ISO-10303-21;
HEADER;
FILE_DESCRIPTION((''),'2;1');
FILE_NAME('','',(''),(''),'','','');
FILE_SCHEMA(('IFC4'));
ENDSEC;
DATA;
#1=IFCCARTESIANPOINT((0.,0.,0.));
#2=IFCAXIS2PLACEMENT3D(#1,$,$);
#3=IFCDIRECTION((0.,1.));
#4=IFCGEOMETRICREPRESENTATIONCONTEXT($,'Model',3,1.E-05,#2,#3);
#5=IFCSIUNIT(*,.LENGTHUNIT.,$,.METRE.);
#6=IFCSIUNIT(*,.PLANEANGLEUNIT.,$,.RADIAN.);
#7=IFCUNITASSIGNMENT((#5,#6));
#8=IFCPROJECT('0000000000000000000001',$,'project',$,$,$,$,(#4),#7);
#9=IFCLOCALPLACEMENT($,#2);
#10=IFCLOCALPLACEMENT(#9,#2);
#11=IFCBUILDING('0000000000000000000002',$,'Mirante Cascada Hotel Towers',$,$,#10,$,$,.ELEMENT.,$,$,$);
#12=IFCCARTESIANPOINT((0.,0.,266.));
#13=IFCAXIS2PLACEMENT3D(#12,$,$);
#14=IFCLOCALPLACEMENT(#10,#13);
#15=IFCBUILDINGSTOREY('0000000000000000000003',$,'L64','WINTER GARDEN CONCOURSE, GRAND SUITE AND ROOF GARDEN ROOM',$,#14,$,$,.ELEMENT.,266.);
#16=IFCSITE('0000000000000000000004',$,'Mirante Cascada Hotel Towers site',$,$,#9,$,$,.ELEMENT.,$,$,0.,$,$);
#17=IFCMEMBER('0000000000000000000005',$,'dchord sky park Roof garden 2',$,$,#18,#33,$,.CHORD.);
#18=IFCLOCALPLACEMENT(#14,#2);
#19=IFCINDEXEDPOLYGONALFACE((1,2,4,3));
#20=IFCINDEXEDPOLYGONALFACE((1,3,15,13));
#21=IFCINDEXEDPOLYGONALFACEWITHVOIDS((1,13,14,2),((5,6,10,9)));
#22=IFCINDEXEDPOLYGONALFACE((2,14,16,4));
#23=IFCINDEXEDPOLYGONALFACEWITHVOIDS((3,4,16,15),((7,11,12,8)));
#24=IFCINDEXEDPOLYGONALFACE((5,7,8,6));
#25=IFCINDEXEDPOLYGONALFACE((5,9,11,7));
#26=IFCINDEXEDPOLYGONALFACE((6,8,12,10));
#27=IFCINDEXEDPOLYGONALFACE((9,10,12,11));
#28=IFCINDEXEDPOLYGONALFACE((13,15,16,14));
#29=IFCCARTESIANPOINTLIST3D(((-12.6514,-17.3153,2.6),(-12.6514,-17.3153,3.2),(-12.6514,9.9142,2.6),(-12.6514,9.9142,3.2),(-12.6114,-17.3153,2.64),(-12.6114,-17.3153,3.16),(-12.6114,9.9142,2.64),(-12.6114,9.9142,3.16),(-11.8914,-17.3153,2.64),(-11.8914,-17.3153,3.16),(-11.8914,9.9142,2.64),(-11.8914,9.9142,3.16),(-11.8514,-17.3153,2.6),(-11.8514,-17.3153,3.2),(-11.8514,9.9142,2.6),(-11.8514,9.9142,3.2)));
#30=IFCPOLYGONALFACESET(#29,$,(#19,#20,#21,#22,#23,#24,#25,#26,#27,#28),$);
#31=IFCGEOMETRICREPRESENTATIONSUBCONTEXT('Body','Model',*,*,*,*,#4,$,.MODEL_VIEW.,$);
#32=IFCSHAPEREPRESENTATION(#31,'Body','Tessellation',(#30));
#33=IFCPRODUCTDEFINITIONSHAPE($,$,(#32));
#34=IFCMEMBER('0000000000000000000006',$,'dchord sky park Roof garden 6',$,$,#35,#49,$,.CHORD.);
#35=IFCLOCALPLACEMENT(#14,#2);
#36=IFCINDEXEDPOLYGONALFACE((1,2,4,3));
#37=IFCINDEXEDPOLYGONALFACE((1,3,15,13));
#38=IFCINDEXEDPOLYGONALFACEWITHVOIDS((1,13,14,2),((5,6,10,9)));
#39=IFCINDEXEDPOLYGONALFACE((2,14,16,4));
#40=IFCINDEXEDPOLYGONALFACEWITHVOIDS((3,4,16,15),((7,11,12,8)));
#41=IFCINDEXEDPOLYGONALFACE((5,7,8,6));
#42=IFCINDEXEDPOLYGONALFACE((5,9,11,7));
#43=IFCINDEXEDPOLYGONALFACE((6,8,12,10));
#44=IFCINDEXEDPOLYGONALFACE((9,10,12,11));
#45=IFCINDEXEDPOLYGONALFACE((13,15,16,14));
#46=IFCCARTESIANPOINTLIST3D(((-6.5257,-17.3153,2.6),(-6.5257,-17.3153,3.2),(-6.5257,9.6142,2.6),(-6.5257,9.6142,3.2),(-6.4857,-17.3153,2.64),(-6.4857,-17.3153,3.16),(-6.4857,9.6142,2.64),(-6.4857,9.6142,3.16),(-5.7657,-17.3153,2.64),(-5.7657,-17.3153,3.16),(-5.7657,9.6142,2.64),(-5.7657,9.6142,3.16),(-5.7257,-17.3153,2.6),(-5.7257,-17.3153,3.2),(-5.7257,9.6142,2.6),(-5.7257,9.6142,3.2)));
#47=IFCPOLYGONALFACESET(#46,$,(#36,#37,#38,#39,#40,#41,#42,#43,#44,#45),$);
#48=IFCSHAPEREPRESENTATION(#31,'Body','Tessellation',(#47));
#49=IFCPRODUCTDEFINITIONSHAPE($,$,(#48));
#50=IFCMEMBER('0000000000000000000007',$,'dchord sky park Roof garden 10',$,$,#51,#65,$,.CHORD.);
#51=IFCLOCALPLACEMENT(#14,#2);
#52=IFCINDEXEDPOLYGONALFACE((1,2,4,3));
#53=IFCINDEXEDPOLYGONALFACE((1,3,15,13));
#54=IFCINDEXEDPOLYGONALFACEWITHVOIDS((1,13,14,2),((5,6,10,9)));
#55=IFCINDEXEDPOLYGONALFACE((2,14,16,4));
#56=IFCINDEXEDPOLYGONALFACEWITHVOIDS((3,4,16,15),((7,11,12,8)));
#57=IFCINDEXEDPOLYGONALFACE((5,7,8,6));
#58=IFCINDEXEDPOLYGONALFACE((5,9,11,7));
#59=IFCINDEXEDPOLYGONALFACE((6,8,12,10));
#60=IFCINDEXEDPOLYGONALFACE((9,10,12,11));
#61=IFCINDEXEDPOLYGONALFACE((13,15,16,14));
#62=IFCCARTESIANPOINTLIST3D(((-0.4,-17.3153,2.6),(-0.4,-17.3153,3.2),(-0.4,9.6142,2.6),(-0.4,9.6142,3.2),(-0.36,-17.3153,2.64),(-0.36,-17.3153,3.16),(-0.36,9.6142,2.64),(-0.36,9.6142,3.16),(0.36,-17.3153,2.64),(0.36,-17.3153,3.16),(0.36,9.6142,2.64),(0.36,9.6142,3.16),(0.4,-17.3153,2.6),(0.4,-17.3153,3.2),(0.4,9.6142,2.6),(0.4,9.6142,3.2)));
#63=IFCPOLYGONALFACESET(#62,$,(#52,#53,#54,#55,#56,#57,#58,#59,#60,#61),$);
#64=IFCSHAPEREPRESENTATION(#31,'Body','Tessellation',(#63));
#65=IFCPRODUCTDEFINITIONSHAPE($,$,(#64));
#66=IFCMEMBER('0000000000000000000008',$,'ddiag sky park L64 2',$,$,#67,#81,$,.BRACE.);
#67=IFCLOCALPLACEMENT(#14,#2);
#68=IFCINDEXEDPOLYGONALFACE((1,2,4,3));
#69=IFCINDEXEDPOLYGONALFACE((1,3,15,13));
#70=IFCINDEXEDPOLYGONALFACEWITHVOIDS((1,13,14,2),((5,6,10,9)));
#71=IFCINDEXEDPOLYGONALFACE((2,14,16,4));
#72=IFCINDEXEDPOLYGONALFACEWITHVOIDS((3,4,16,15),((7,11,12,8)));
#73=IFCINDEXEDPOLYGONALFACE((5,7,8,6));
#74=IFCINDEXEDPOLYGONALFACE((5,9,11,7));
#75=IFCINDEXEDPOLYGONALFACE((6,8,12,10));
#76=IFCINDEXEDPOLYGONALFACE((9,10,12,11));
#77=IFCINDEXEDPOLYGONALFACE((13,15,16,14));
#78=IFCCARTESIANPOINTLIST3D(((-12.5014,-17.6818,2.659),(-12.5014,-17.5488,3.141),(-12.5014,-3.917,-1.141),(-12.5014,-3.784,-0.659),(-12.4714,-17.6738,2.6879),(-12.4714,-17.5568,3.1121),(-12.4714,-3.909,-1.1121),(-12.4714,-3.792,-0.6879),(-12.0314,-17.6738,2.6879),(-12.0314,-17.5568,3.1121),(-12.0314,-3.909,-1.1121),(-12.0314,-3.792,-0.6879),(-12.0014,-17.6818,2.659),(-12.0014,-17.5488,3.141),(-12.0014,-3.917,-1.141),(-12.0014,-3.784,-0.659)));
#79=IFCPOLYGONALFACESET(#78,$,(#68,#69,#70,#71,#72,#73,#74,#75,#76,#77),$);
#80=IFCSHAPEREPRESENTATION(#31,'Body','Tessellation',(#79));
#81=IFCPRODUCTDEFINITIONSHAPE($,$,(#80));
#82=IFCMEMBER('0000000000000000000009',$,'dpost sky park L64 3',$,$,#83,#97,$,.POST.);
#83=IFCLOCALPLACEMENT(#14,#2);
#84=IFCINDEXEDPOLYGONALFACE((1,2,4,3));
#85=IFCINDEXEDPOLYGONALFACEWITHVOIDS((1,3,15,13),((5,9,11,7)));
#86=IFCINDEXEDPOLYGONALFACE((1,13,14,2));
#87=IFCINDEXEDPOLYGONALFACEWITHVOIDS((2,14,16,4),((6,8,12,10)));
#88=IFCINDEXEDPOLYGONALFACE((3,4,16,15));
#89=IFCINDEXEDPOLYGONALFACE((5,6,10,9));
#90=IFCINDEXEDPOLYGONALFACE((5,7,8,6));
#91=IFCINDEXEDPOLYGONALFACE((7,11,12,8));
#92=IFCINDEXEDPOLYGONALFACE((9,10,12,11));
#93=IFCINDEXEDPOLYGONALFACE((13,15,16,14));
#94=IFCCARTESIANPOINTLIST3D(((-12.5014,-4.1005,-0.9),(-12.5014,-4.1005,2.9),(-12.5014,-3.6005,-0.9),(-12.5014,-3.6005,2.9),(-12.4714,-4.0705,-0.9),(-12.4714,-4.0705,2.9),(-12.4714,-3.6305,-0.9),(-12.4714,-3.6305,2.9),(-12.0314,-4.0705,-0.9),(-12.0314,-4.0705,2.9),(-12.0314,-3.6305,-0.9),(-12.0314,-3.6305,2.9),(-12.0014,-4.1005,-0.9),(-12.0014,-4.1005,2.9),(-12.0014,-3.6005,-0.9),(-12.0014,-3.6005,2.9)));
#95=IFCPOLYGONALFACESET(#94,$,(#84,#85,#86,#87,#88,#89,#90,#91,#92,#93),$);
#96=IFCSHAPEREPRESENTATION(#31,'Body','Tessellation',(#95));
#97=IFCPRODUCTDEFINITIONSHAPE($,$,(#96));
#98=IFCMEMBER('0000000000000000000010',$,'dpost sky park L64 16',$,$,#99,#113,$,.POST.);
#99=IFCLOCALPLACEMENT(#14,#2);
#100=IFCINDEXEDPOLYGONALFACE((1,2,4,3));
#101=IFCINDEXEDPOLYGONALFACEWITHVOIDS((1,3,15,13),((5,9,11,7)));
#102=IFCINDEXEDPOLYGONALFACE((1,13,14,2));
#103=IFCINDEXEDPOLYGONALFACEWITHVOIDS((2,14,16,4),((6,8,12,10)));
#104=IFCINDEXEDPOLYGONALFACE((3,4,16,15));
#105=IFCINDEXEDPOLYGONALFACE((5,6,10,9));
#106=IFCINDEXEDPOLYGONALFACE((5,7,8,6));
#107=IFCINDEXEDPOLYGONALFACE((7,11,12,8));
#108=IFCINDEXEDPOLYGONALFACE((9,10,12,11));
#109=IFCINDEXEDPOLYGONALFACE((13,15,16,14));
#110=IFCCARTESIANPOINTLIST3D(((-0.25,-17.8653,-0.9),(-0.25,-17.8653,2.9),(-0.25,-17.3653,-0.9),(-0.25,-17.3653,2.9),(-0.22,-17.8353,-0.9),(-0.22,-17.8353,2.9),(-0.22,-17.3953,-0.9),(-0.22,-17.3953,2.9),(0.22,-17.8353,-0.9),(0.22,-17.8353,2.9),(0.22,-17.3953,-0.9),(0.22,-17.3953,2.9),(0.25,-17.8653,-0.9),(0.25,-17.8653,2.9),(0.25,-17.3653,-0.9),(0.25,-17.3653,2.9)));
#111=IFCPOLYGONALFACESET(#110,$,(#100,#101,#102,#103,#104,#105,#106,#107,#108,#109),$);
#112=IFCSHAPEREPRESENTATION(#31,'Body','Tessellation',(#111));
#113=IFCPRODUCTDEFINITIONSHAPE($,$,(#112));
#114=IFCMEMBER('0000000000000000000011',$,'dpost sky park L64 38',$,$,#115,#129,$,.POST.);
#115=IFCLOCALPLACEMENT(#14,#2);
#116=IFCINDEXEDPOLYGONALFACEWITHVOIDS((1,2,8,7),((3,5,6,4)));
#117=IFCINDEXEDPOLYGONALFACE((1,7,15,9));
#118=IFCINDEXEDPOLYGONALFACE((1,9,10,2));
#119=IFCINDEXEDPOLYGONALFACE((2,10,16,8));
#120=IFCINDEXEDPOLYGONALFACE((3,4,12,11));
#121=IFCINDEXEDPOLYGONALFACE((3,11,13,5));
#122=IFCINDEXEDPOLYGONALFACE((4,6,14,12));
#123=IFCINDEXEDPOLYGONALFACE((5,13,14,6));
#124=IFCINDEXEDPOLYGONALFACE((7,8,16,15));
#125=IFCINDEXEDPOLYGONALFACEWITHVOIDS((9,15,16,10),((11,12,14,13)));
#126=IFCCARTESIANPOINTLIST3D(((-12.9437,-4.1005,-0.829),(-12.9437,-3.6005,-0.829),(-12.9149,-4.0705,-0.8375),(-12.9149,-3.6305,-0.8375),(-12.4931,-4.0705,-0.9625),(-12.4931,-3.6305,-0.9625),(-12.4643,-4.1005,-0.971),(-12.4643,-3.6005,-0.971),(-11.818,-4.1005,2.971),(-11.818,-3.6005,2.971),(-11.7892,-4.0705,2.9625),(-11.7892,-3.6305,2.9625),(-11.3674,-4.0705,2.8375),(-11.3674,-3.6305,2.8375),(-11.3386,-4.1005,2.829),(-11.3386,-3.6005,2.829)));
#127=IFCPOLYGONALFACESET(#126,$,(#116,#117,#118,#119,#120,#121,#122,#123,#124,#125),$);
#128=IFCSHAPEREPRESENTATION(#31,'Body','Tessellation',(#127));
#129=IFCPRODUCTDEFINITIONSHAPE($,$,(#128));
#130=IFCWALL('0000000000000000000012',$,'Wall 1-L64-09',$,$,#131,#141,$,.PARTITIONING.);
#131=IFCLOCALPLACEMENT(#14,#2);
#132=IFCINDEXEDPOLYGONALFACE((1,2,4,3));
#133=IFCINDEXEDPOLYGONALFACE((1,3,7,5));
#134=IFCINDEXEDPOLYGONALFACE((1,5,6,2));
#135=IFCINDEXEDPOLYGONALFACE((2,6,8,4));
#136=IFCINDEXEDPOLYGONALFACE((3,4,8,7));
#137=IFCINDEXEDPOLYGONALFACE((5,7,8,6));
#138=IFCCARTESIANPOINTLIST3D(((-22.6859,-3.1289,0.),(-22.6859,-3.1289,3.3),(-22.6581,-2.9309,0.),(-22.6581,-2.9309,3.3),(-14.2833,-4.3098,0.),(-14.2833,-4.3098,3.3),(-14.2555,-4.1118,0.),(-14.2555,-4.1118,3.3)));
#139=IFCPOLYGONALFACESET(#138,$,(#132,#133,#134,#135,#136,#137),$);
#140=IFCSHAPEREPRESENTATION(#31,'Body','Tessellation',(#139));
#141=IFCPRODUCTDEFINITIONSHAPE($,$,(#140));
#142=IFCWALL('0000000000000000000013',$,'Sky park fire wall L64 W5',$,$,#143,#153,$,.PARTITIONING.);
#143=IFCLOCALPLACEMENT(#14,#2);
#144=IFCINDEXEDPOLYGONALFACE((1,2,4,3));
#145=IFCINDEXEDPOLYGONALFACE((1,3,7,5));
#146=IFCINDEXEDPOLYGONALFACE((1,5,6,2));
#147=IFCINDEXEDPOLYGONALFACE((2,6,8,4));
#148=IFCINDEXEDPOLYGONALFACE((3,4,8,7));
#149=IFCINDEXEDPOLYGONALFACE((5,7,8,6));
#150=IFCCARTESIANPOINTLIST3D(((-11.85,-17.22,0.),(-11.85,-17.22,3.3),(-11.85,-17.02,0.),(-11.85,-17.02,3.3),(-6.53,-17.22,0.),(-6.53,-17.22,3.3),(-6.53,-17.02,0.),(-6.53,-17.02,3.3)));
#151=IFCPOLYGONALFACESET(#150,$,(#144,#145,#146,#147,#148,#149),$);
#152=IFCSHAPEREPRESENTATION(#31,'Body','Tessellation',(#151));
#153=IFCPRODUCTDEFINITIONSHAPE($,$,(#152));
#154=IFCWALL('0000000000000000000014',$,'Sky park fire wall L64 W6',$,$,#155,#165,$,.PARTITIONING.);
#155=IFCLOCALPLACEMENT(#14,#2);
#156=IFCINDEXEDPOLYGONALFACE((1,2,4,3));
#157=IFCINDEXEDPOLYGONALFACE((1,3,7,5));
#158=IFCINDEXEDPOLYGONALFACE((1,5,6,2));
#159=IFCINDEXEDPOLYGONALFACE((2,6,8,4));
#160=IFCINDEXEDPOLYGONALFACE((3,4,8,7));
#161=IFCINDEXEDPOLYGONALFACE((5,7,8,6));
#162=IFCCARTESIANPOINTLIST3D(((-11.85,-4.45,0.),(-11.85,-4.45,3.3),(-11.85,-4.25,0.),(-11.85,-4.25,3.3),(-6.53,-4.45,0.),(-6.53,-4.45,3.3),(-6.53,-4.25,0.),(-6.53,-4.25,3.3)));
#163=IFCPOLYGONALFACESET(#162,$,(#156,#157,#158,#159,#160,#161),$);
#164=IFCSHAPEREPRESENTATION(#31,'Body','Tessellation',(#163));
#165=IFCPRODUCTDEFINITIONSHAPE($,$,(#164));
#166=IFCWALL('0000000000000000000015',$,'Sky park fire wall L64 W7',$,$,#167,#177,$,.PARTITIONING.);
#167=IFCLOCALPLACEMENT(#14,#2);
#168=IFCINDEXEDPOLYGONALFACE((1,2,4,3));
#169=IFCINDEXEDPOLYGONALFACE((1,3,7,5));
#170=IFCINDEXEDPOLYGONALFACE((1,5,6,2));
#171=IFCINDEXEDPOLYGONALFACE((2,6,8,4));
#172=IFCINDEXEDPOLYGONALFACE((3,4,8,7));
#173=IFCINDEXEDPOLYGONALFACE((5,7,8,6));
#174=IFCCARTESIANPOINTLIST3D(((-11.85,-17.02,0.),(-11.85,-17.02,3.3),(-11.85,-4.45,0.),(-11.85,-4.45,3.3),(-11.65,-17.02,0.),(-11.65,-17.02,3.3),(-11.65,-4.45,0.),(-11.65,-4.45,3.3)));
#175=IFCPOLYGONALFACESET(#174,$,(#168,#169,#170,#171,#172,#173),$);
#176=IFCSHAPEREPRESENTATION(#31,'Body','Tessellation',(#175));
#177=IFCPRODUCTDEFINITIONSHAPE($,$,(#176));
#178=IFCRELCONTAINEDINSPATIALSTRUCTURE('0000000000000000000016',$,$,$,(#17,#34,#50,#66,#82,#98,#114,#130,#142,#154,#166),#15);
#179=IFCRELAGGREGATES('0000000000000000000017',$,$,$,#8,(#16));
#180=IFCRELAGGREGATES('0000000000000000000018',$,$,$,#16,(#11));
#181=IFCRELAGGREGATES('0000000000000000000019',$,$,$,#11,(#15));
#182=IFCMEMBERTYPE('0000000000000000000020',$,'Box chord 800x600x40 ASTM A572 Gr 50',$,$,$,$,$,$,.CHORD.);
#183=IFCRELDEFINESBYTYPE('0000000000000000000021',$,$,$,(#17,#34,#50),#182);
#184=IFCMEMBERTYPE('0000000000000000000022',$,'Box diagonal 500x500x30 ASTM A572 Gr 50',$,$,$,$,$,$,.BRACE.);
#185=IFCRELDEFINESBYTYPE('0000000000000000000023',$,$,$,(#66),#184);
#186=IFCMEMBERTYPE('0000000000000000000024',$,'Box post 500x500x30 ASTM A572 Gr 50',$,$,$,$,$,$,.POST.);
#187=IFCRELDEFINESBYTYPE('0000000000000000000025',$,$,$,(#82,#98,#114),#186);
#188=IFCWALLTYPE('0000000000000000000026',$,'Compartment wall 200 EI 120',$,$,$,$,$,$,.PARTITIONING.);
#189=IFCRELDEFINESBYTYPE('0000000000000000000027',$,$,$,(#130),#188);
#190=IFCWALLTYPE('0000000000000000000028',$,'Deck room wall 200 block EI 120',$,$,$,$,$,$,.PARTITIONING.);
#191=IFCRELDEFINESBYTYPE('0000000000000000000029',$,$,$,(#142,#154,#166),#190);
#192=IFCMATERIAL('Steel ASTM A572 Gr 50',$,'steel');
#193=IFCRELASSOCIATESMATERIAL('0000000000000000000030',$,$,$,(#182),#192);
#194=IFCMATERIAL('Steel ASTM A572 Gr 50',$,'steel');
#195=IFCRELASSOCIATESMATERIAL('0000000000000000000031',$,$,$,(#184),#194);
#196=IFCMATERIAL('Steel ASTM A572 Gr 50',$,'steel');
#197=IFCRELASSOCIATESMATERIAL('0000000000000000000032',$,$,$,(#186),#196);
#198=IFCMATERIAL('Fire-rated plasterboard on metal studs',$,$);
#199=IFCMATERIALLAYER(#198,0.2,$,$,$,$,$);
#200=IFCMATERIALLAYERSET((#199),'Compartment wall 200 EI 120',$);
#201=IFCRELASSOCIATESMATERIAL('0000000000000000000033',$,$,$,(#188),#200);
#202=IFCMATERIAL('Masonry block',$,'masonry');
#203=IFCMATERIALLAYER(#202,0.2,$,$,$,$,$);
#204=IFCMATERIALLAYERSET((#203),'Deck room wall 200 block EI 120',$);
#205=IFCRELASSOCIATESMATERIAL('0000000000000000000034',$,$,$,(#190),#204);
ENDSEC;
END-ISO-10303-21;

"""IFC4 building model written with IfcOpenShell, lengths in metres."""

from ifc_helpers import new_model, si_unit, direction, frame, frame_2d, origin, origin_2d, place, context, subcontext, project, spatial, rectangle, hollow_rectangle, extrude, material, layer, layer_set, material_profile, profile_set, type_object, element, save


model = new_model("IFC4")

# Units and contexts
model_context = context("Model", 3, precision=1e-05, world=origin(), true_north=direction((0.0, 1.0)))
body_context = subcontext(model_context, "Body", "Model", "MODEL_VIEW")
ifc_project = project(units=[si_unit("LENGTHUNIT", "METRE"), si_unit("PLANEANGLEUNIT", "RADIAN")], contexts=[model_context])

# Site, building, storey
site_placement = place(None, origin())
site = spatial("IfcSite", under=ifc_project, at=site_placement, Name="Mirante Cascada Hotel Towers site", CompositionType="ELEMENT", RefElevation=0.0)
building_placement = place(site_placement, origin())
building = spatial("IfcBuilding", under=site, at=building_placement, Name="Mirante Cascada Hotel Towers", CompositionType="ELEMENT")
storey_placement = place(building_placement, frame((0.0, 0.0, 266.0)))
storey = spatial("IfcBuildingStorey", under=building, at=storey_placement, Name="L64", Description="WINTER GARDEN CONCOURSE, GRAND SUITE AND ROOF GARDEN ROOM", CompositionType="ELEMENT", Elevation=266.0)

# Members
ifc_material_1 = material(Name="Steel ASTM A572 Gr 50", Category="steel")
ifc_material_profile_1 = material_profile(ifc_material_1, hollow_rectangle(XDim=0.6, YDim=0.8, WallThickness=0.04, at=origin_2d()), Name="Box chord 800x600x40 ASTM A572 Gr 50")
ifc_profile_set_1 = profile_set([ifc_material_profile_1], Name="Steel ASTM A572 Gr 50")
member_type_1 = type_object("IfcMemberType", Name="Box chord 800x600x40 ASTM A572 Gr 50", PredefinedType="CHORD", material=ifc_profile_set_1)
member_1_placement = place(storey_placement, frame((-12.2514, -17.3153, 2.9), z_axis=(0.0, 1.0, 0.0), x_axis=(0.0, 0.0, 1.0)))
element("IfcMember", 1, at=member_1_placement, inside=storey, type_object=member_type_1, Name="dchord sky park Roof garden 2", PredefinedType="CHORD", context=body_context, shape_type="SweptSolid", body=[
    extrude(hollow_rectangle(XDim=0.6, YDim=0.8, WallThickness=0.04, at=origin_2d()), origin(), (0.0, 0.0, 1.0), 27.2295),
])
for number, where, z_axis, x_axis, name in (
    (2, (-6.1257, -17.3153, 2.9), (0.0, 1.0, 0.0), (0.0, 0.0, 1.0), "dchord sky park Roof garden 6"),
    (3, (0.0, -17.3153, 2.9), (0.0, 1.0, 0.0), (0.0, 0.0, 1.0), "dchord sky park Roof garden 10"),
):
    element("IfcMember", number, at=place(storey_placement, frame(where, z_axis=z_axis, x_axis=x_axis)), inside=storey, type_object=member_type_1, Name=name, PredefinedType="CHORD", context=body_context, shape_type="SweptSolid", body=[
        extrude(hollow_rectangle(XDim=0.6, YDim=0.8, WallThickness=0.04, at=origin_2d()), origin(), (0.0, 0.0, 1.0), 26.9295),
    ])
ifc_material_2 = material(Name="Steel ASTM A572 Gr 50", Category="steel")
ifc_material_profile_2 = material_profile(ifc_material_2, hollow_rectangle(XDim=0.5, YDim=0.5, WallThickness=0.03, at=origin_2d()), Name="Box diagonal 500x500x30 ASTM A572 Gr 50")
ifc_profile_set_2 = profile_set([ifc_material_profile_2], Name="Steel ASTM A572 Gr 50")
member_type_2 = type_object("IfcMemberType", Name="Box diagonal 500x500x30 ASTM A572 Gr 50", PredefinedType="BRACE", material=ifc_profile_set_2)
member_2_placement = place(storey_placement, frame((-12.2514, -3.8505, -0.9), z_axis=(0.0, -0.963942, 0.266112), x_axis=(1.0, 0.0, 0.0)))
element("IfcMember", 4, at=member_2_placement, inside=storey, type_object=member_type_2, Name="ddiag sky park L64 2", PredefinedType="BRACE", context=body_context, shape_type="SweptSolid", body=[
    extrude(hollow_rectangle(XDim=0.5, YDim=0.5, WallThickness=0.03, at=origin_2d()), origin(), (0.0, 0.0, 1.0), 14.2797),
])
ifc_material_3 = material(Name="Steel ASTM A572 Gr 50", Category="steel")
ifc_material_profile_3 = material_profile(ifc_material_3, hollow_rectangle(XDim=0.5, YDim=0.5, WallThickness=0.03, at=origin_2d()), Name="Box post 500x500x30 ASTM A572 Gr 50")
ifc_profile_set_3 = profile_set([ifc_material_profile_3], Name="Steel ASTM A572 Gr 50")
member_type_3 = type_object("IfcMemberType", Name="Box post 500x500x30 ASTM A572 Gr 50", PredefinedType="POST", material=ifc_profile_set_3)
for number, where, z_axis, x_axis, name in (
    (5, (-12.2514, -3.8505, -0.9), (0.0, 0.0, 1.0), (1.0, 0.0, 0.0), "dpost sky park L64 3"),
    (6, (0.0, -17.6153, -0.9), (0.0, 0.0, 1.0), (1.0, 0.0, 0.0), "dpost sky park L64 16"),
):
    element("IfcMember", number, at=place(storey_placement, frame(where, z_axis=z_axis, x_axis=x_axis)), inside=storey, type_object=member_type_3, Name=name, PredefinedType="POST", context=body_context, shape_type="SweptSolid", body=[
        extrude(hollow_rectangle(XDim=0.5, YDim=0.5, WallThickness=0.03, at=origin_2d()), origin(), (0.0, 0.0, 1.0), 3.8),
    ])
member_3_placement = place(storey_placement, frame((-12.704, -3.8505, -0.9), z_axis=(0.284036, 0.0, 0.958814), x_axis=(0.0, 1.0, 0.0)))
element("IfcMember", 7, at=member_3_placement, inside=storey, type_object=member_type_3, Name="dpost sky park L64 38", PredefinedType="POST", context=body_context, shape_type="SweptSolid", body=[
    extrude(hollow_rectangle(XDim=0.5, YDim=0.5, WallThickness=0.03, at=origin_2d()), origin(), (0.0, 0.0, 1.0), 3.9632),
])

# Walls
ifc_material_4 = material(Name="Fire-rated plasterboard on metal studs")
ifc_layer_1 = layer(ifc_material_4, 0.2)
ifc_layer_set_1 = layer_set([ifc_layer_1], Name="Compartment wall 200 EI 120")
wall_type_1 = type_object("IfcWallType", Name="Compartment wall 200 EI 120", PredefinedType="PARTITIONING", material=ifc_layer_set_1)
wall_1_placement = place(storey_placement, frame((-14.2694, -4.2108, 0.0), z_axis=(0.0, 0.0, 1.0), x_axis=(-0.990268, 0.139172, 0.0)))
element("IfcWall", 8, at=wall_1_placement, inside=storey, type_object=wall_type_1, Name="Wall 1-L64-09", PredefinedType="PARTITIONING", context=body_context, shape_type="SweptSolid", body=[
    extrude(rectangle(XDim=8.4852, YDim=0.2, at=frame_2d((4.2426, 0.0))), origin(), (0.0, 0.0, 1.0), 3.3),
])
ifc_material_5 = material(Name="Masonry block", Category="masonry")
ifc_layer_2 = layer(ifc_material_5, 0.2)
ifc_layer_set_2 = layer_set([ifc_layer_2], Name="Deck room wall 200 block EI 120")
wall_type_2 = type_object("IfcWallType", Name="Deck room wall 200 block EI 120", PredefinedType="PARTITIONING", material=ifc_layer_set_2)
for number, where, z_axis, x_axis, name in (
    (9, (-11.85, -17.12, 0.0), (0.0, 0.0, 1.0), (1.0, 0.0, 0.0), "Sky park fire wall L64 W5"),
    (10, (-11.85, -4.35, 0.0), (0.0, 0.0, 1.0), (1.0, 0.0, 0.0), "Sky park fire wall L64 W6"),
):
    element("IfcWall", number, at=place(storey_placement, frame(where, z_axis=z_axis, x_axis=x_axis)), inside=storey, type_object=wall_type_2, Name=name, PredefinedType="PARTITIONING", context=body_context, shape_type="SweptSolid", body=[
        extrude(rectangle(XDim=5.32, YDim=0.2, at=frame_2d((2.66, 0.0))), origin(), (0.0, 0.0, 1.0), 3.3),
    ])
wall_2_placement = place(storey_placement, frame((-11.75, -17.02, 0.0), z_axis=(0.0, 0.0, 1.0), x_axis=(0.0, 1.0, 0.0)))
element("IfcWall", 11, at=wall_2_placement, inside=storey, type_object=wall_type_2, Name="Sky park fire wall L64 W7", PredefinedType="PARTITIONING", context=body_context, shape_type="SweptSolid", body=[
    extrude(rectangle(XDim=12.57, YDim=0.2, at=frame_2d((6.285, 0.0))), origin(), (0.0, 0.0, 1.0), 3.3),
])

save(model, "model.ifc")
